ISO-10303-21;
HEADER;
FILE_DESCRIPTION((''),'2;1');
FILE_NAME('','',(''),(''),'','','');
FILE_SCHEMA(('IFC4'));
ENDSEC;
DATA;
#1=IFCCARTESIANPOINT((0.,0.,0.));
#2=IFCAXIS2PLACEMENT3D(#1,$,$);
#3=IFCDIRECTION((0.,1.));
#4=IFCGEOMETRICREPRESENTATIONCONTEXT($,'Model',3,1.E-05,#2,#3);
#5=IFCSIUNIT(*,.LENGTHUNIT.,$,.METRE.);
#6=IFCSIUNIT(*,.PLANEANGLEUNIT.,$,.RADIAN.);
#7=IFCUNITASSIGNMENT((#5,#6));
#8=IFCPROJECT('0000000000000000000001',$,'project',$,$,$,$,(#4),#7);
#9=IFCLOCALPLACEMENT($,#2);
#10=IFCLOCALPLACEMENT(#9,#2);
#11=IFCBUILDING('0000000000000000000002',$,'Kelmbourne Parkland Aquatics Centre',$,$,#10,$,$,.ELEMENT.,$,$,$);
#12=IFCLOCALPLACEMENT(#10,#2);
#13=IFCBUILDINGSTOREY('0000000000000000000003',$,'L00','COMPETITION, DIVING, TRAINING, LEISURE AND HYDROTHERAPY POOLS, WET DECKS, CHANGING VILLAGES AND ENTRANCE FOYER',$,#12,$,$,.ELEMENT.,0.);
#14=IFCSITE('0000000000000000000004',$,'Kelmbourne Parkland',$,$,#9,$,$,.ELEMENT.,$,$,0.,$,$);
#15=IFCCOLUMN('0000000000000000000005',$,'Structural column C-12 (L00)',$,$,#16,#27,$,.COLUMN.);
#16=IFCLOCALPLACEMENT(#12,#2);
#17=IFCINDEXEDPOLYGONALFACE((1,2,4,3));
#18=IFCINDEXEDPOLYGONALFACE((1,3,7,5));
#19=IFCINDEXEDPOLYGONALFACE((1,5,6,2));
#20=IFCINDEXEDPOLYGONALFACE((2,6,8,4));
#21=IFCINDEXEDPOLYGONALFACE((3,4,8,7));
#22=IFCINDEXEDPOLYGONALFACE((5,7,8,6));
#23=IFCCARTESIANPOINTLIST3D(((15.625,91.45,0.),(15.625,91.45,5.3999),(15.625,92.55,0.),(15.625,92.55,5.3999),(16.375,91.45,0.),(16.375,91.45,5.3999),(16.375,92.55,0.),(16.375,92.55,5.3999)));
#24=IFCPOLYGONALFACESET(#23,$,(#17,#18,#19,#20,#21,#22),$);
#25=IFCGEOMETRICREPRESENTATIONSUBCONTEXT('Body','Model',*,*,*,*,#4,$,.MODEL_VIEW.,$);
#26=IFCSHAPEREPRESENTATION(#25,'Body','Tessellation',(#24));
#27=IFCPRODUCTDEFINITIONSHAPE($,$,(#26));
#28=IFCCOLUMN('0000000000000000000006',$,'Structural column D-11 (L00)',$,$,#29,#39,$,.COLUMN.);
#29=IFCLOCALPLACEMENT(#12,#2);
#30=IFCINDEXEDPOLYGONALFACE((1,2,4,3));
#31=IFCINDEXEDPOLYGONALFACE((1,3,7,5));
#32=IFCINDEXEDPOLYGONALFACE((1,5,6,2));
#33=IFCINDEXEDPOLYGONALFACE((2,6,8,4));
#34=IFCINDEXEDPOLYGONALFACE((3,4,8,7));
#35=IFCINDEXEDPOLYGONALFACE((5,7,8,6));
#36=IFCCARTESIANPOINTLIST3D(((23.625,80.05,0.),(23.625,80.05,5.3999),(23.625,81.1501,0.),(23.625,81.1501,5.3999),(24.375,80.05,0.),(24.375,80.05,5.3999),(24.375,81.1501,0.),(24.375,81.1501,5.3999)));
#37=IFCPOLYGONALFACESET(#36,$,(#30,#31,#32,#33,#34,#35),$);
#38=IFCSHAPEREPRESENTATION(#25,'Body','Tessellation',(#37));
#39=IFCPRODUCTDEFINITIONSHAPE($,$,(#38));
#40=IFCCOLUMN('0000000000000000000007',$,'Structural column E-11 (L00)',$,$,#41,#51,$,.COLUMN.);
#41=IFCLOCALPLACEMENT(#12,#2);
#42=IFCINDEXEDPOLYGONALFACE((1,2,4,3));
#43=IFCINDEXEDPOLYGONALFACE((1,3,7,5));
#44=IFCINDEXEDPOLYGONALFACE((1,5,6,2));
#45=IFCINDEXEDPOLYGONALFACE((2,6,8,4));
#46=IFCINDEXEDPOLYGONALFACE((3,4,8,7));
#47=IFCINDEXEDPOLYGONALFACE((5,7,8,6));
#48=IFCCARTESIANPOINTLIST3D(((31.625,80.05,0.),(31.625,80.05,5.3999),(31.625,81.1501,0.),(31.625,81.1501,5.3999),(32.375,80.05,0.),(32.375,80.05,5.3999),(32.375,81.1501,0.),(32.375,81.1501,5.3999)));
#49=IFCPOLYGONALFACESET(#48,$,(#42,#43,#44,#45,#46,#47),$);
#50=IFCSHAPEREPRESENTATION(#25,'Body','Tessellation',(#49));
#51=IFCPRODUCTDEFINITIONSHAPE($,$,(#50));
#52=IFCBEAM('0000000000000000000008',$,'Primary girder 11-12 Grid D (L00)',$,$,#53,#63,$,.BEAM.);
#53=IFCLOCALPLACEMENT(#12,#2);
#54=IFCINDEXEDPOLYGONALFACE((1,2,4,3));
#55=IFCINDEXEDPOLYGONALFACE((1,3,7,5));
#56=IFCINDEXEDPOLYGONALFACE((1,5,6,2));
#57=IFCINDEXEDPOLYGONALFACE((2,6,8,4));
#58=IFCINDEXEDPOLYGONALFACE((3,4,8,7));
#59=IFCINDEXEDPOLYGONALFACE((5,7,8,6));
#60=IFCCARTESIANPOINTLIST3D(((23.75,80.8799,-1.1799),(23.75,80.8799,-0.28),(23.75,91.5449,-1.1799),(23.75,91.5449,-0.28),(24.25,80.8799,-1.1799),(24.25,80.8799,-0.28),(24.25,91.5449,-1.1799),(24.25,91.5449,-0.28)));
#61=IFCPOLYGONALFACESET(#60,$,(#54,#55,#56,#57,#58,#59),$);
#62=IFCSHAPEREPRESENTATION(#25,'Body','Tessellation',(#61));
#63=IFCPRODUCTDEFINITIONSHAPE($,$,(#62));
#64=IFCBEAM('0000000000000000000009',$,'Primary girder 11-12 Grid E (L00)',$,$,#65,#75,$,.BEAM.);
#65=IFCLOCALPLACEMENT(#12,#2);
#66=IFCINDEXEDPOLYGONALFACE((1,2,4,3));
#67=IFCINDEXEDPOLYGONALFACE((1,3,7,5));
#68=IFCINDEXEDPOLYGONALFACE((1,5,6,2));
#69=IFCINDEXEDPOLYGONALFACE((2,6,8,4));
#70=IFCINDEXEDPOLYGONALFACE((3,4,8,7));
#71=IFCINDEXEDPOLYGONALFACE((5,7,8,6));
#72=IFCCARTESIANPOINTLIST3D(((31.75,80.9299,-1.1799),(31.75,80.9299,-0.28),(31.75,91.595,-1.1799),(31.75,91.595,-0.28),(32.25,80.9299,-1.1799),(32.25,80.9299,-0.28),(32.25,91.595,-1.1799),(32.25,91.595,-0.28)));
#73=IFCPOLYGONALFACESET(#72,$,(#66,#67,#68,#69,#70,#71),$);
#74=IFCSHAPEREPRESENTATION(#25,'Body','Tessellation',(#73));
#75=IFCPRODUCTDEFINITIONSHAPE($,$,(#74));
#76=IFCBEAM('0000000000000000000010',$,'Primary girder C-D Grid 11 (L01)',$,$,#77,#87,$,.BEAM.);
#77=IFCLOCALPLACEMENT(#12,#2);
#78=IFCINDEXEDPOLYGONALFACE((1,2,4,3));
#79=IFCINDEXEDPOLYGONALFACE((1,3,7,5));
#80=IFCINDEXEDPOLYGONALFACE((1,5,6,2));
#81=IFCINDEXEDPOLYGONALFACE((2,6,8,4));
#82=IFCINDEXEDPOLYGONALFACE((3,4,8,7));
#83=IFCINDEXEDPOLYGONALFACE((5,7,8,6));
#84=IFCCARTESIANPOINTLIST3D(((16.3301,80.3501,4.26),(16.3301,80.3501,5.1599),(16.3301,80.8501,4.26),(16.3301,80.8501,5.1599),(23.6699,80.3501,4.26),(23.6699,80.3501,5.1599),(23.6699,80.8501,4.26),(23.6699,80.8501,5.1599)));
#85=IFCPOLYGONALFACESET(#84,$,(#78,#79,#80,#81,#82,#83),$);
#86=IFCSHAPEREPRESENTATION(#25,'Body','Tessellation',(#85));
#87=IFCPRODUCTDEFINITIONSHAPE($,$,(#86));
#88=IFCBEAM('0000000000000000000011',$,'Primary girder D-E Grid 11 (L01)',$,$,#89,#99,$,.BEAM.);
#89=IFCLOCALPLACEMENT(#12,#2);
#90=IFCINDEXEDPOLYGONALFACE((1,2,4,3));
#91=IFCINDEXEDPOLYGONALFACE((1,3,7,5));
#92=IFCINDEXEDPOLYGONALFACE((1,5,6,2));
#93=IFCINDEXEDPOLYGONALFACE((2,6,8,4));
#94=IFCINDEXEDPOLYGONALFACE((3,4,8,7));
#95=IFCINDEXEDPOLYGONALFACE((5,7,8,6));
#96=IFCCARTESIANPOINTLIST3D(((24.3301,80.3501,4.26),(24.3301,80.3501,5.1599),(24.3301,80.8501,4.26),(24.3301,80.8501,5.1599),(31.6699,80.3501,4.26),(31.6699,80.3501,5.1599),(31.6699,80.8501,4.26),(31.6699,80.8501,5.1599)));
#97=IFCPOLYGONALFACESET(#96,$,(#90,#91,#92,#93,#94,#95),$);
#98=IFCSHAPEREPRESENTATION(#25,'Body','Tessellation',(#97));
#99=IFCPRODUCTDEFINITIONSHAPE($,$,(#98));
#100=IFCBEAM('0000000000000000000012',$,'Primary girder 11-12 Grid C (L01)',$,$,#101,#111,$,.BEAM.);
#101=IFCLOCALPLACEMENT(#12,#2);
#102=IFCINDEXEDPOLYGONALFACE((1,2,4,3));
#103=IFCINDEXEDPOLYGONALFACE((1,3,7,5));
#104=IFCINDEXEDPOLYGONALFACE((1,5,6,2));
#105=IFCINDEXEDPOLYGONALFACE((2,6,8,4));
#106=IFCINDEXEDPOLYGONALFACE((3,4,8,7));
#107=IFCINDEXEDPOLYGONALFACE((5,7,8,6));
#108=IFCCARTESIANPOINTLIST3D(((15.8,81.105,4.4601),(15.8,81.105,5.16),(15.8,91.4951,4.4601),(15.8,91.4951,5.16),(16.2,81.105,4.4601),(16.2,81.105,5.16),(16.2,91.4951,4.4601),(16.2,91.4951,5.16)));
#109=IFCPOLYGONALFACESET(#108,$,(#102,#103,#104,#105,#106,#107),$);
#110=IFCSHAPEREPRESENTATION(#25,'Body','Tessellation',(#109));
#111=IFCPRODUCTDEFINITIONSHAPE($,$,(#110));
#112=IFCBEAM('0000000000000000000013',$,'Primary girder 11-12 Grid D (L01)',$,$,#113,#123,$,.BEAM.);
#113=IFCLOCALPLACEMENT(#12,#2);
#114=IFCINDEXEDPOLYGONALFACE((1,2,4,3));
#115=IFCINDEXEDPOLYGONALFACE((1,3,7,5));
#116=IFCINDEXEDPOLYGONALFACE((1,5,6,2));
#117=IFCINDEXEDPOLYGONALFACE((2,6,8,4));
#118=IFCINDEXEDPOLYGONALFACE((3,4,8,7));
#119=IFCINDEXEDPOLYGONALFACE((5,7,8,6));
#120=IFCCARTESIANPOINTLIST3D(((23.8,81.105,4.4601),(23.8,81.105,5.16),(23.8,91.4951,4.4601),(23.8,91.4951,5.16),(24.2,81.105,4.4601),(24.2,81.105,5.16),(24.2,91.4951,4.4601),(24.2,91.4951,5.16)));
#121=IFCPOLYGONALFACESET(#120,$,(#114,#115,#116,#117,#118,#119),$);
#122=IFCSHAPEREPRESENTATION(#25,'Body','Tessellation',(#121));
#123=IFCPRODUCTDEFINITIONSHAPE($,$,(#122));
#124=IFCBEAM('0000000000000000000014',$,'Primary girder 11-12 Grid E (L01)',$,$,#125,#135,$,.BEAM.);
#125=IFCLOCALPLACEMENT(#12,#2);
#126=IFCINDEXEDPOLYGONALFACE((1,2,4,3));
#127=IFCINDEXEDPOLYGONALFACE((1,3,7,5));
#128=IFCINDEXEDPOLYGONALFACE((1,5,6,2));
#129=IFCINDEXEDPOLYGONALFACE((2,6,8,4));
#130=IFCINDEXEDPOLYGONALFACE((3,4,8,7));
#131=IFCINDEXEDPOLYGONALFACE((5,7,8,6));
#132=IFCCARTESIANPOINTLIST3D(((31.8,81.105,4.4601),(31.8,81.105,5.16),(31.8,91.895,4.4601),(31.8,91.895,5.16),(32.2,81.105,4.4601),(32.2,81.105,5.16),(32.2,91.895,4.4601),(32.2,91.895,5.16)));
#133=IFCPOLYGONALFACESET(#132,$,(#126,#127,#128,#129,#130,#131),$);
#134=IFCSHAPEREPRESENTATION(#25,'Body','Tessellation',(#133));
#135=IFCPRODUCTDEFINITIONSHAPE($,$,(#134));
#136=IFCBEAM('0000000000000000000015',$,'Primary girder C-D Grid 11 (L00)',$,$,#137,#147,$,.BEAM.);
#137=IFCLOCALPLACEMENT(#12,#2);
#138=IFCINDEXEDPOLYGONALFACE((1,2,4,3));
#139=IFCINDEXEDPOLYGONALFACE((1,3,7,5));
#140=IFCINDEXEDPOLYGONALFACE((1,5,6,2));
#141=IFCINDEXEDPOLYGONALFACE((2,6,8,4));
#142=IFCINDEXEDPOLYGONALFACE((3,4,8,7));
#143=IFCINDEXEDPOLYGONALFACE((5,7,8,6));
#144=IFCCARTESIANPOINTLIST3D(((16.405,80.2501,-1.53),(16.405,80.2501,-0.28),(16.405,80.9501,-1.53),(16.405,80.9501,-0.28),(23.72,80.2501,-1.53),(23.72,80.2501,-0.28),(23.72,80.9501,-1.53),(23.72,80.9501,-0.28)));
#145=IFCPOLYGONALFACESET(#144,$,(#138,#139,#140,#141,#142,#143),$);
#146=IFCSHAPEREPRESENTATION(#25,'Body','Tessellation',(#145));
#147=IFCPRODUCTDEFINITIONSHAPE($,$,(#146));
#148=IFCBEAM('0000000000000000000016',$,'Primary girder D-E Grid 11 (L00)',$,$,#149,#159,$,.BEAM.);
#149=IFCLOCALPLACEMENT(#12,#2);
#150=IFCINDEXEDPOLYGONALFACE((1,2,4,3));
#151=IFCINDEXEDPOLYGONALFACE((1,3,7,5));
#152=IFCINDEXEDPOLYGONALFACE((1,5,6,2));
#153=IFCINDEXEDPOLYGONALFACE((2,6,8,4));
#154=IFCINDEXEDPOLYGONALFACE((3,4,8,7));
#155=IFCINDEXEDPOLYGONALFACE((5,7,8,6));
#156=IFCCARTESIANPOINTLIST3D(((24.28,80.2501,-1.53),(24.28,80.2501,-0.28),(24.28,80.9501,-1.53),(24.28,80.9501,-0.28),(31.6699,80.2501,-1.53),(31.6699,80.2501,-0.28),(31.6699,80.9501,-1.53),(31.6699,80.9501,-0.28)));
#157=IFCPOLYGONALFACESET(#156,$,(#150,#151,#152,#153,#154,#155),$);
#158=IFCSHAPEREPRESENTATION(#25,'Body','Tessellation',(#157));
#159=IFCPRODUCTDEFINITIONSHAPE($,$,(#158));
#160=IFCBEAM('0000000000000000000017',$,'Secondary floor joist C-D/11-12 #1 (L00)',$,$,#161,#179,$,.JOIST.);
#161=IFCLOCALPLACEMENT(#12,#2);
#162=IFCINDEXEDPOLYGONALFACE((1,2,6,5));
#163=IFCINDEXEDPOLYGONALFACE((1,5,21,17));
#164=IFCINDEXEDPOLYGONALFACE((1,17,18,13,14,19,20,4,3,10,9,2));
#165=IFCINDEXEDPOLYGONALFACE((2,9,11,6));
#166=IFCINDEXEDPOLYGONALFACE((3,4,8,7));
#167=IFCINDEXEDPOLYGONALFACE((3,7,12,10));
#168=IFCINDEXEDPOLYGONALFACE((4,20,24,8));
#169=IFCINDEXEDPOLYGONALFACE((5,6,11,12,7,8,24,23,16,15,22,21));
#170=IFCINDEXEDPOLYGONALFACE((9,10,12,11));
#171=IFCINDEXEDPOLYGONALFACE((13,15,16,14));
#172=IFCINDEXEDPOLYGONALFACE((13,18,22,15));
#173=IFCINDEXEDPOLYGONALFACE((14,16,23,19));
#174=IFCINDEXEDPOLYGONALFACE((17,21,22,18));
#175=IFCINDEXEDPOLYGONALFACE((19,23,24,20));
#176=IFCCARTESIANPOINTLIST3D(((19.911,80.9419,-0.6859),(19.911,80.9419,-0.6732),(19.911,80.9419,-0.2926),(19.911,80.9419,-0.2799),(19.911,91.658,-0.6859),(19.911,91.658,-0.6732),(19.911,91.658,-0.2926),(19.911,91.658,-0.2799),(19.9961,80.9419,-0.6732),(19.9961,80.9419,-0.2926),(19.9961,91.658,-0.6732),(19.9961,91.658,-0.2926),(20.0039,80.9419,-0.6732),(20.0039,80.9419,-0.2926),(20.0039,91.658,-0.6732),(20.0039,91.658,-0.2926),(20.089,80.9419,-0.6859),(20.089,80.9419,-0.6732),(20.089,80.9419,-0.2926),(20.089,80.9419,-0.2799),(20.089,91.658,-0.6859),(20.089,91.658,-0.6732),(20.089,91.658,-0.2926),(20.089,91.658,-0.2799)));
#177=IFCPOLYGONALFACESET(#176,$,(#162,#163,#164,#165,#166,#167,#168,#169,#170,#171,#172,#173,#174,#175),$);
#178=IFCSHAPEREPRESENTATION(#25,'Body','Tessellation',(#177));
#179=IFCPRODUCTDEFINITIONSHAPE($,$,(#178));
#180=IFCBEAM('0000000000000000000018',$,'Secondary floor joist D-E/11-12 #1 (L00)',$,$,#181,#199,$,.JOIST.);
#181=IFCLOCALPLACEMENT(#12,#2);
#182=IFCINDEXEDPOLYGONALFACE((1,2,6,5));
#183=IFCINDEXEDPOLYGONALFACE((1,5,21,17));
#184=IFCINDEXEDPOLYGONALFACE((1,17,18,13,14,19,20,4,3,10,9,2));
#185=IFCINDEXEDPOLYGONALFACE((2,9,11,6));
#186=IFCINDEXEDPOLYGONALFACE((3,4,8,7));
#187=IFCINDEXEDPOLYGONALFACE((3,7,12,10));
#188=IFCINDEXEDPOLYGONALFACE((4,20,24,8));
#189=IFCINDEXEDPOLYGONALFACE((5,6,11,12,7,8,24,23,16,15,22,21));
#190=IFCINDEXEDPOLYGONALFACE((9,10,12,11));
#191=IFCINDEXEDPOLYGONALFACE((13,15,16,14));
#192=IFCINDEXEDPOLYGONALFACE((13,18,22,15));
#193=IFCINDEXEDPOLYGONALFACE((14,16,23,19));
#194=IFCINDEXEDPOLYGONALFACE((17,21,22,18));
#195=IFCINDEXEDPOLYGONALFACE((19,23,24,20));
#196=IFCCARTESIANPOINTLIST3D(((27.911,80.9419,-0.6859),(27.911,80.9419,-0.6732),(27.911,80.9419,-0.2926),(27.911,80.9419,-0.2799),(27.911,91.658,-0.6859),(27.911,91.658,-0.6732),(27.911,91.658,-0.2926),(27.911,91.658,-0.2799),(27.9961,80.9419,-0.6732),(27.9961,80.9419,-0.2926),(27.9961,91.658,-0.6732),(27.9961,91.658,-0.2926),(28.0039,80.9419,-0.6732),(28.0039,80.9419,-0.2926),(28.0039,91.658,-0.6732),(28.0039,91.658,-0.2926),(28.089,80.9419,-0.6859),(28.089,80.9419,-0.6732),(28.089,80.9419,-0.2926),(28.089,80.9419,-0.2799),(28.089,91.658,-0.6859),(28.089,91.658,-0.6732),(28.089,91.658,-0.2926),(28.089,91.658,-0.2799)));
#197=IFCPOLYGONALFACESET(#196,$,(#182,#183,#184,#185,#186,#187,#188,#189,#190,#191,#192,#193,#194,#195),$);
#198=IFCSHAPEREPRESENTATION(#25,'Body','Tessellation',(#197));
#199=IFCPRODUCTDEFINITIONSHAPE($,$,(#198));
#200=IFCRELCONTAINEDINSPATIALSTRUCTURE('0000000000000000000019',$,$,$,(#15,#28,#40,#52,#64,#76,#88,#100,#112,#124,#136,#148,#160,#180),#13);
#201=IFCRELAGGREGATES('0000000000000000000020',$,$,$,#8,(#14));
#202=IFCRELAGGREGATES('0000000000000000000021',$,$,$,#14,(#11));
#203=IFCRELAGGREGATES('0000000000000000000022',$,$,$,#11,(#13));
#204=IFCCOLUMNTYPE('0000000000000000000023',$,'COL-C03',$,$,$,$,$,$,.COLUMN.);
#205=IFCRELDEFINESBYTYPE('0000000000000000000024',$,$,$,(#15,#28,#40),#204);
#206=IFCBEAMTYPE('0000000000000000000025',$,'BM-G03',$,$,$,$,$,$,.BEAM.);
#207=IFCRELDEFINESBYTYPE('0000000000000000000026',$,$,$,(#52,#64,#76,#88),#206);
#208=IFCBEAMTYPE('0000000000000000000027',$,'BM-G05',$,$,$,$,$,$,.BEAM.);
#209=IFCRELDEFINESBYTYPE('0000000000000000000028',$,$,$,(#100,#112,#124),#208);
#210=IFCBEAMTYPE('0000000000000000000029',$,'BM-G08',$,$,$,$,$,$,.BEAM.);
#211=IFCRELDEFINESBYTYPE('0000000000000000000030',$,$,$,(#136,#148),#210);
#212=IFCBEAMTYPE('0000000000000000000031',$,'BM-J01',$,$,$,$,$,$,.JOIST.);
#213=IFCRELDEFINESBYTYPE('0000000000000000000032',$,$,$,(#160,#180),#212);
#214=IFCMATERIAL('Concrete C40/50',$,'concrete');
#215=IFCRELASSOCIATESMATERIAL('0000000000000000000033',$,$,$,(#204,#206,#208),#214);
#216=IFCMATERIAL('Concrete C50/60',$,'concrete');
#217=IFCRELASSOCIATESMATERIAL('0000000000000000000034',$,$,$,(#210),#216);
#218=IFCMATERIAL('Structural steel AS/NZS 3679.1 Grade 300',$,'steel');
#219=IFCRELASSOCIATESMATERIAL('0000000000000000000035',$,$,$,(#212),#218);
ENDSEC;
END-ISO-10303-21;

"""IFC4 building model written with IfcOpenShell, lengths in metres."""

from ifc_helpers import new_model, si_unit, direction, frame, origin, origin_2d, place, context, subcontext, project, spatial, rectangle, i_section, extrude, material, material_profile, profile_set, type_object, element, save


model = new_model("IFC4")

# Units and contexts
model_context = context("Model", 3, precision=1e-05, world=origin(), true_north=direction((0.0, 1.0)))
body_context = subcontext(model_context, "Body", "Model", "MODEL_VIEW")
ifc_project = project(units=[si_unit("LENGTHUNIT", "METRE"), si_unit("PLANEANGLEUNIT", "RADIAN")], contexts=[model_context])

# Site, building, storey
site_placement = place(None, origin())
site = spatial("IfcSite", under=ifc_project, at=site_placement, Name="Kelmbourne Parkland", CompositionType="ELEMENT", RefElevation=0.0)
building_placement = place(site_placement, origin())
building = spatial("IfcBuilding", under=site, at=building_placement, Name="Kelmbourne Parkland Aquatics Centre", CompositionType="ELEMENT")
storey_placement = place(building_placement, origin())
storey = spatial("IfcBuildingStorey", under=building, at=storey_placement, Name="L00", Description="COMPETITION, DIVING, TRAINING, LEISURE AND HYDROTHERAPY POOLS, WET DECKS, CHANGING VILLAGES AND ENTRANCE FOYER", CompositionType="ELEMENT", Elevation=0.0)

# Columns
ifc_material_1 = material(Name="Concrete C40/50", Category="concrete")
ifc_material_profile_1 = material_profile(ifc_material_1, rectangle(XDim=0.75, YDim=1.1001, at=origin_2d()), Name="RC 750x1100")
ifc_profile_set_1 = profile_set([ifc_material_profile_1], Name="Concrete C40/50")
column_type = type_object("IfcColumnType", Name="COL-C03", PredefinedType="COLUMN", material=ifc_profile_set_1)
for number, where, z_axis, x_axis, name in (
    (1, (16.0, 92.0, 0.0), (0.0, 0.0, 1.0), (1.0, 0.0, 0.0), "Structural column C-12 (L00)"),
    (2, (24.0, 80.6001, 0.0), (0.0, 0.0, 1.0), (1.0, 0.0, 0.0), "Structural column D-11 (L00)"),
    (3, (32.0, 80.6001, 0.0), (0.0, 0.0, 1.0), (1.0, 0.0, 0.0), "Structural column E-11 (L00)"),
):
    element("IfcColumn", number, at=place(storey_placement, frame(where, z_axis=z_axis, x_axis=x_axis)), inside=storey, type_object=column_type, Name=name, PredefinedType="COLUMN", context=body_context, shape_type="SweptSolid", body=[
        extrude(rectangle(XDim=0.75, YDim=1.1001, at=origin_2d()), origin(), (0.0, 0.0, 1.0), 5.3999),
    ])

# Beams
ifc_material_profile_2 = material_profile(ifc_material_1, rectangle(XDim=0.5, YDim=0.8999, at=origin_2d()), Name="RC 500x900")
ifc_profile_set_2 = profile_set([ifc_material_profile_2], Name="Concrete C40/50")
beam_type_1 = type_object("IfcBeamType", Name="BM-G03", PredefinedType="BEAM", material=ifc_profile_set_2)
for number, where, z_axis, x_axis, name in (
    (4, (24.0, 80.8799, -0.73), (0.0, 1.0, 0.0), (-1.0, 0.0, 0.0), "Primary girder 11-12 Grid D (L00)"),
    (5, (32.0, 80.9299, -0.73), (0.0, 1.0, 0.0), (-1.0, 0.0, 0.0), "Primary girder 11-12 Grid E (L00)"),
):
    element("IfcBeam", number, at=place(storey_placement, frame(where, z_axis=z_axis, x_axis=x_axis)), inside=storey, type_object=beam_type_1, Name=name, PredefinedType="BEAM", context=body_context, shape_type="SweptSolid", body=[
        extrude(rectangle(XDim=0.5, YDim=0.8999, at=origin_2d()), origin(), (0.0, 0.0, 1.0), 10.665),
    ])
for number, where, z_axis, x_axis, name in (
    (6, (16.3301, 80.6001, 4.71), (1.0, 0.0, 0.0), (0.0, 1.0, 0.0), "Primary girder C-D Grid 11 (L01)"),
    (7, (24.3301, 80.6001, 4.71), (1.0, 0.0, 0.0), (0.0, 1.0, 0.0), "Primary girder D-E Grid 11 (L01)"),
):
    element("IfcBeam", number, at=place(storey_placement, frame(where, z_axis=z_axis, x_axis=x_axis)), inside=storey, type_object=beam_type_1, Name=name, PredefinedType="BEAM", context=body_context, shape_type="SweptSolid", body=[
        extrude(rectangle(XDim=0.5, YDim=0.8999, at=origin_2d()), origin(), (0.0, 0.0, 1.0), 7.3398),
    ])
ifc_material_profile_3 = material_profile(ifc_material_1, rectangle(XDim=0.3999, YDim=0.7, at=origin_2d()), Name="RC 400x700")
ifc_profile_set_3 = profile_set([ifc_material_profile_3], Name="Concrete C40/50")
beam_type_2 = type_object("IfcBeamType", Name="BM-G05", PredefinedType="BEAM", material=ifc_profile_set_3)
for number, where, z_axis, x_axis, name in (
    (8, (16.0, 81.105, 4.8101), (0.0, 1.0, 0.0), (-1.0, 0.0, 0.0), "Primary girder 11-12 Grid C (L01)"),
    (9, (24.0, 81.105, 4.8101), (0.0, 1.0, 0.0), (-1.0, 0.0, 0.0), "Primary girder 11-12 Grid D (L01)"),
):
    element("IfcBeam", number, at=place(storey_placement, frame(where, z_axis=z_axis, x_axis=x_axis)), inside=storey, type_object=beam_type_2, Name=name, PredefinedType="BEAM", context=body_context, shape_type="SweptSolid", body=[
        extrude(rectangle(XDim=0.3999, YDim=0.7, at=origin_2d()), origin(), (0.0, 0.0, 1.0), 10.3901),
    ])
beam_1_placement = place(storey_placement, frame((32.0, 81.105, 4.8101), z_axis=(0.0, 1.0, 0.0), x_axis=(-1.0, 0.0, 0.0)))
element("IfcBeam", 10, at=beam_1_placement, inside=storey, type_object=beam_type_2, Name="Primary girder 11-12 Grid E (L01)", PredefinedType="BEAM", context=body_context, shape_type="SweptSolid", body=[
    extrude(rectangle(XDim=0.3999, YDim=0.7, at=origin_2d()), origin(), (0.0, 0.0, 1.0), 10.79),
])
ifc_material_2 = material(Name="Concrete C50/60", Category="concrete")
ifc_material_profile_4 = material_profile(ifc_material_2, rectangle(XDim=0.7, YDim=1.25, at=origin_2d()), Name="RC 700x1250")
ifc_profile_set_4 = profile_set([ifc_material_profile_4], Name="Concrete C50/60")
beam_type_3 = type_object("IfcBeamType", Name="BM-G08", PredefinedType="BEAM", material=ifc_profile_set_4)
beam_2_placement = place(storey_placement, frame((16.405, 80.6001, -0.905), z_axis=(1.0, 0.0, 0.0), x_axis=(0.0, 1.0, 0.0)))
element("IfcBeam", 11, at=beam_2_placement, inside=storey, type_object=beam_type_3, Name="Primary girder C-D Grid 11 (L00)", PredefinedType="BEAM", context=body_context, shape_type="SweptSolid", body=[
    extrude(rectangle(XDim=0.7, YDim=1.25, at=origin_2d()), origin(), (0.0, 0.0, 1.0), 7.3149),
])
beam_3_placement = place(storey_placement, frame((24.28, 80.6001, -0.905), z_axis=(1.0, 0.0, 0.0), x_axis=(0.0, 1.0, 0.0)))
element("IfcBeam", 12, at=beam_3_placement, inside=storey, type_object=beam_type_3, Name="Primary girder D-E Grid 11 (L00)", PredefinedType="BEAM", context=body_context, shape_type="SweptSolid", body=[
    extrude(rectangle(XDim=0.7, YDim=1.25, at=origin_2d()), origin(), (0.0, 0.0, 1.0), 7.3899),
])
ifc_material_3 = material(Name="Structural steel AS/NZS 3679.1 Grade 300", Category="steel")
ifc_material_profile_5 = material_profile(ifc_material_3, i_section(OverallWidth=0.178, OverallDepth=0.406, WebThickness=0.0078, FlangeThickness=0.0127, at=origin_2d()), Name="410UB59.7")
ifc_profile_set_5 = profile_set([ifc_material_profile_5], Name="Structural steel AS/NZS 3679.1 Grade 300")
beam_type_4 = type_object("IfcBeamType", Name="BM-J01", PredefinedType="JOIST", material=ifc_profile_set_5)
for number, where, z_axis, x_axis, name in (
    (13, (20.0, 80.9419, -0.4829), (0.0, 1.0, 0.0), (-1.0, 0.0, 0.0), "Secondary floor joist C-D/11-12 #1 (L00)"),
    (14, (28.0, 80.9419, -0.4829), (0.0, 1.0, 0.0), (-1.0, 0.0, 0.0), "Secondary floor joist D-E/11-12 #1 (L00)"),
):
    element("IfcBeam", number, at=place(storey_placement, frame(where, z_axis=z_axis, x_axis=x_axis)), inside=storey, type_object=beam_type_4, Name=name, PredefinedType="JOIST", context=body_context, shape_type="SweptSolid", body=[
        extrude(i_section(OverallWidth=0.178, OverallDepth=0.406, WebThickness=0.0078, FlangeThickness=0.0127, at=origin_2d()), origin(), (0.0, 0.0, 1.0), 10.7161),
    ])

save(model, "model.ifc")
